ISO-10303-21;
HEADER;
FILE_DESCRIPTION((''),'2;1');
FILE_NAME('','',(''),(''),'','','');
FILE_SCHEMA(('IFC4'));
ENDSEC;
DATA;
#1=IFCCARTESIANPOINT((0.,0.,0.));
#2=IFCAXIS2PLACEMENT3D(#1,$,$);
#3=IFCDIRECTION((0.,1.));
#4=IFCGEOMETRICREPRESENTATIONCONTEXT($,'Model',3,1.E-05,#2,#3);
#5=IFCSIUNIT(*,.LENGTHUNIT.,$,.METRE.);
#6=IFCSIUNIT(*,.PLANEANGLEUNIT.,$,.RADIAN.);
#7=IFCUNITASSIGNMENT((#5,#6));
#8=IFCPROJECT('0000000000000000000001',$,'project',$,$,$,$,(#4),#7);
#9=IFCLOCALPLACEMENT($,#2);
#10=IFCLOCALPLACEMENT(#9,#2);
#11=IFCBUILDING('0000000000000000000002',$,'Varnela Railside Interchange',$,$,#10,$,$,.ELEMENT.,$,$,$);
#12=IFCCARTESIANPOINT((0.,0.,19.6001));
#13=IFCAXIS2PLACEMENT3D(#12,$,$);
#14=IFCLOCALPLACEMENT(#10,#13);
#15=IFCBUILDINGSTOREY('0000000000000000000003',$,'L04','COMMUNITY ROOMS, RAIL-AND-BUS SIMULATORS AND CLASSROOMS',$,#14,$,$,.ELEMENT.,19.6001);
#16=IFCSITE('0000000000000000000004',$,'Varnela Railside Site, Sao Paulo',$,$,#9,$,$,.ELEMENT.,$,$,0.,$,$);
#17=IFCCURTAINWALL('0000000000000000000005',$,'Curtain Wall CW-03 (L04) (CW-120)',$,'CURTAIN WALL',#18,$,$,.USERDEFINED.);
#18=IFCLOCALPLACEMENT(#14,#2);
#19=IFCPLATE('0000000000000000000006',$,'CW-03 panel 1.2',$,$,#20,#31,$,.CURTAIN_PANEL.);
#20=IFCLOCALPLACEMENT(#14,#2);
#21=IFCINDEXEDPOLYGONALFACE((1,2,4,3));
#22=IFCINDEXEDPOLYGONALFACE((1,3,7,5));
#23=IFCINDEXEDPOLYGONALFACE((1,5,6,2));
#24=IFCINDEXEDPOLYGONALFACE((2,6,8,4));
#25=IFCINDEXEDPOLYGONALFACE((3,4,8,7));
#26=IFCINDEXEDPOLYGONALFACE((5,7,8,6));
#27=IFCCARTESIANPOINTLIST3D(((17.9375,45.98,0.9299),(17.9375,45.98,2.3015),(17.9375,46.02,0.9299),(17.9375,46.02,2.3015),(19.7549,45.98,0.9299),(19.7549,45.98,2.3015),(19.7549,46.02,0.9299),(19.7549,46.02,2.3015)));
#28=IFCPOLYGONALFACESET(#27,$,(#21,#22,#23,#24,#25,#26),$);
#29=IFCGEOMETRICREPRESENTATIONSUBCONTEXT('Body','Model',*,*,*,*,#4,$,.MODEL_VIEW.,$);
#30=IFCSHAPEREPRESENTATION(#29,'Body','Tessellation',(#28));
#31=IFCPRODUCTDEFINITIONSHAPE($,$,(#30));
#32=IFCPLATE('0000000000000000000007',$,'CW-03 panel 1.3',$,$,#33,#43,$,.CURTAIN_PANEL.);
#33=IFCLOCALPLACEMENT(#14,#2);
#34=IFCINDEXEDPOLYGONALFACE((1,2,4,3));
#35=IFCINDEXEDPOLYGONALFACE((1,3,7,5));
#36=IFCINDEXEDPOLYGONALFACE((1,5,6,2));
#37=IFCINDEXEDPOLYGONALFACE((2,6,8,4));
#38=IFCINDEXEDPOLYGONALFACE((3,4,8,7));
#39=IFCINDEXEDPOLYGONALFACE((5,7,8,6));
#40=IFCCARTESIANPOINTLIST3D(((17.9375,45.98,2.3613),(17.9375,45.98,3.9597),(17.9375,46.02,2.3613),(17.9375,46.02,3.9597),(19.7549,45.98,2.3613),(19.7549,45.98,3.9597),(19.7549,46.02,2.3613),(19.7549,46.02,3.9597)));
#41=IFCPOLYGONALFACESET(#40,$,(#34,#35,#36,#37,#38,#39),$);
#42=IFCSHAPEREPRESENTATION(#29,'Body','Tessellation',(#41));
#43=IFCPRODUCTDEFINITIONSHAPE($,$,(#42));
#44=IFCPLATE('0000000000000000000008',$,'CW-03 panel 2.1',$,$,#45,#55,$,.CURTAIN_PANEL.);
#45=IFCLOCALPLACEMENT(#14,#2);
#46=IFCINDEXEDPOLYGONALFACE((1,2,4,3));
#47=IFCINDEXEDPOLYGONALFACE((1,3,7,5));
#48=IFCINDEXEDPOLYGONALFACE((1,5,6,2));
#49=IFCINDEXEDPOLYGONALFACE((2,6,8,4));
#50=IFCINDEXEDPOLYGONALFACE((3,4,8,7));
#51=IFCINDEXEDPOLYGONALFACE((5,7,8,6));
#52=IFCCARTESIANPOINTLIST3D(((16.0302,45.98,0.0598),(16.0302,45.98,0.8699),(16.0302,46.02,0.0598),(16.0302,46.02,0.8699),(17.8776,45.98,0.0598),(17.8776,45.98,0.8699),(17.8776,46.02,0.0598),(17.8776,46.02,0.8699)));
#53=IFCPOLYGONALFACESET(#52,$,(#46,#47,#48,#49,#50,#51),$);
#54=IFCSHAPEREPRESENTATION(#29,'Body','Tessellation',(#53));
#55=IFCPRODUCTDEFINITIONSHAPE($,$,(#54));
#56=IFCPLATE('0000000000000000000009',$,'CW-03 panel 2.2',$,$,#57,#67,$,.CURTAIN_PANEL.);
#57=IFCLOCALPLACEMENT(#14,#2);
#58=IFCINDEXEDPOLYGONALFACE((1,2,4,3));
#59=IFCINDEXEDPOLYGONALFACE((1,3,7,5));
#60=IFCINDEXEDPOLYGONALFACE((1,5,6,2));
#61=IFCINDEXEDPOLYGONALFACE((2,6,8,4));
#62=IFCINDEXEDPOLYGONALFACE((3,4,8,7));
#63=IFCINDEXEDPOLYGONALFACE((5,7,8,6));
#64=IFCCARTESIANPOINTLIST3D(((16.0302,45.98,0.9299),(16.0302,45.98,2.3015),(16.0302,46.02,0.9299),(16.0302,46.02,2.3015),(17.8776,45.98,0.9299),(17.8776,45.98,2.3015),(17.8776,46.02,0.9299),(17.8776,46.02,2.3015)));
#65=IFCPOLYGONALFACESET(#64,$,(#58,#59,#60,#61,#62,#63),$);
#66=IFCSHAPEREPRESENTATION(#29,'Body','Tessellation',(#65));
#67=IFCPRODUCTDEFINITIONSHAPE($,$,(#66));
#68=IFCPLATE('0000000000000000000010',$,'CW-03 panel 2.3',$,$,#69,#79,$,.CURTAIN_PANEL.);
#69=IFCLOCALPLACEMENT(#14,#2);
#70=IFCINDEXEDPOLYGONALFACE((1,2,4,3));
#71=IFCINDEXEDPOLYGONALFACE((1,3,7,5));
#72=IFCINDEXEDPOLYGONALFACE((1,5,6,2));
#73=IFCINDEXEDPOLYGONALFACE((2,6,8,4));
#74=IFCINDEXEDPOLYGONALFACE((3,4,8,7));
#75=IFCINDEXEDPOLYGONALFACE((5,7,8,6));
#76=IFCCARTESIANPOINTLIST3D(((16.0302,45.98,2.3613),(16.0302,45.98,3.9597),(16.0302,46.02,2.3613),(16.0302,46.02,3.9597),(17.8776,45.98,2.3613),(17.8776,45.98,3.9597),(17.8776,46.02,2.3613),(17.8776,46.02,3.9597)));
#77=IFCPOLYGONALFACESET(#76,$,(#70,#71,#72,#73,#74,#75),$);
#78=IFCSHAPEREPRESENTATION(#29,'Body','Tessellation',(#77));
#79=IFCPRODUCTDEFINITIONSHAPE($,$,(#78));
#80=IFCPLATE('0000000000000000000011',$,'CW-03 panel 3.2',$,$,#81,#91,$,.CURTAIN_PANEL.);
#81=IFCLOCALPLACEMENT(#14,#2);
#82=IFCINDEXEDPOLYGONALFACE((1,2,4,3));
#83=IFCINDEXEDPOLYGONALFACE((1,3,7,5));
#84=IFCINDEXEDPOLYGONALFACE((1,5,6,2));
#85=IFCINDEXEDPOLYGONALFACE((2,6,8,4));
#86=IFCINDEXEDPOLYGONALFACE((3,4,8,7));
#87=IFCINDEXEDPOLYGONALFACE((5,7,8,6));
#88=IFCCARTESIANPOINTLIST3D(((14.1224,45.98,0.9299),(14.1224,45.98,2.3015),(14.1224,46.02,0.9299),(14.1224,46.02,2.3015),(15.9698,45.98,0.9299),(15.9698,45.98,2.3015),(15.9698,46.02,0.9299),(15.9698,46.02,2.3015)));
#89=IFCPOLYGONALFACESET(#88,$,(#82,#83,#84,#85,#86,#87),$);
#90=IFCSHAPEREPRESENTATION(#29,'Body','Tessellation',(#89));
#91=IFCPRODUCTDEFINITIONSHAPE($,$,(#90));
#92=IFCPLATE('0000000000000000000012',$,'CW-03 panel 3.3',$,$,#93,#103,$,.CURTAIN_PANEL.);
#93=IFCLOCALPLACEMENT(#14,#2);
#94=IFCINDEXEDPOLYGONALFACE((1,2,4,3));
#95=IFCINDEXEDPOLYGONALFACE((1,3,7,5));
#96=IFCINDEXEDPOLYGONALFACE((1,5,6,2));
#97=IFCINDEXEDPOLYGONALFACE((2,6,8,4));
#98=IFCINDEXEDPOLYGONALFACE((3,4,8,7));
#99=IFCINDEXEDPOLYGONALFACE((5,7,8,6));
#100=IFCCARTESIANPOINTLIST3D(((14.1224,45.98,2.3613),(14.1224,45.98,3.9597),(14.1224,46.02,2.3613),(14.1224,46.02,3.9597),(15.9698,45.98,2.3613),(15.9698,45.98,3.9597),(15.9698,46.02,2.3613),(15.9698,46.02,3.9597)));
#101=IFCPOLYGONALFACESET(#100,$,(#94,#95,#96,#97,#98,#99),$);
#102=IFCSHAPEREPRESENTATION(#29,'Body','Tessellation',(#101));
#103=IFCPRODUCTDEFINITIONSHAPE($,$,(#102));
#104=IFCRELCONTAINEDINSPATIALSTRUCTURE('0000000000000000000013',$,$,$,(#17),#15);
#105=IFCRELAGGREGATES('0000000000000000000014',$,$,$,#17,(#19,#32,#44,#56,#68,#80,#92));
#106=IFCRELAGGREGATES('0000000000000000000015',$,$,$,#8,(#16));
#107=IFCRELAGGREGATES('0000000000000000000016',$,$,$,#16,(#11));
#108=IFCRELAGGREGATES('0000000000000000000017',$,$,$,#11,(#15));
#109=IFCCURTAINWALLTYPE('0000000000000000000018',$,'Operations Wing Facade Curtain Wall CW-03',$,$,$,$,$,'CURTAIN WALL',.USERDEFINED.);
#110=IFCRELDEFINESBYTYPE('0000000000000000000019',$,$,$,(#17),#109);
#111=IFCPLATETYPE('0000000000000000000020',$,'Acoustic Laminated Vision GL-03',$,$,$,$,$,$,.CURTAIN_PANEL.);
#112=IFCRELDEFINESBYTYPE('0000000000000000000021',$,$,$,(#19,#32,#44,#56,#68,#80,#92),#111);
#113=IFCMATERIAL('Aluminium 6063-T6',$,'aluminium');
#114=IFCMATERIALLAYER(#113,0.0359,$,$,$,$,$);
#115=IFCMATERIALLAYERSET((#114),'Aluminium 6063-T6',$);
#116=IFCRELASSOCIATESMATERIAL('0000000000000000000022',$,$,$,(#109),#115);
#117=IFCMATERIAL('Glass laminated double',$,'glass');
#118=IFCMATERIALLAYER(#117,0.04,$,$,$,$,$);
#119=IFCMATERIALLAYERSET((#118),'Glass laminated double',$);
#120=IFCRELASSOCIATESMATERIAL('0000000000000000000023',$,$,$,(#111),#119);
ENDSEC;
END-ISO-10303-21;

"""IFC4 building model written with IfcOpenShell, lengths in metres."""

from ifc_helpers import new_model, si_unit, direction, frame, origin, origin_2d, place, context, subcontext, project, spatial, rectangle, extrude, material, layer, layer_set, type_object, element, aggregate, save


model = new_model("IFC4")

# Units and contexts
model_context = context("Model", 3, precision=1e-05, world=origin(), true_north=direction((0.0, 1.0)))
body_context = subcontext(model_context, "Body", "Model", "MODEL_VIEW")
ifc_project = project(units=[si_unit("LENGTHUNIT", "METRE"), si_unit("PLANEANGLEUNIT", "RADIAN")], contexts=[model_context])

# Site, building, storey
site_placement = place(None, origin())
site = spatial("IfcSite", under=ifc_project, at=site_placement, Name="Varnela Railside Site, Sao Paulo", CompositionType="ELEMENT", RefElevation=0.0)
building_placement = place(site_placement, origin())
building = spatial("IfcBuilding", under=site, at=building_placement, Name="Varnela Railside Interchange", CompositionType="ELEMENT")
storey_placement = place(building_placement, frame((0.0, 0.0, 19.6001)))
storey = spatial("IfcBuildingStorey", under=building, at=storey_placement, Name="L04", Description="COMMUNITY ROOMS, RAIL-AND-BUS SIMULATORS AND CLASSROOMS", CompositionType="ELEMENT", Elevation=19.6001)

# Curtain wall
ifc_material_1 = material(Name="Aluminium 6063-T6", Category="aluminium")
ifc_layer_1 = layer(ifc_material_1, 0.0359)
ifc_layer_set_1 = layer_set([ifc_layer_1], Name="Aluminium 6063-T6")
curtain_wall_type = type_object("IfcCurtainWallType", Name="Operations Wing Facade Curtain Wall CW-03", ElementType="CURTAIN WALL", PredefinedType="USERDEFINED", material=ifc_layer_set_1)
curtain_wall_1_placement = place(storey_placement, origin())
curtain_wall_1 = element("IfcCurtainWall", 1, at=curtain_wall_1_placement, inside=storey, type_object=curtain_wall_type, Name="Curtain Wall CW-03 (L04) (CW-120)", ObjectType="CURTAIN WALL", PredefinedType="USERDEFINED")

# Plates
ifc_material_2 = material(Name="Glass laminated double", Category="glass")
ifc_layer_2 = layer(ifc_material_2, 0.04)
ifc_layer_set_2 = layer_set([ifc_layer_2], Name="Glass laminated double")
plate_type = type_object("IfcPlateType", Name="Acoustic Laminated Vision GL-03", PredefinedType="CURTAIN_PANEL", material=ifc_layer_set_2)
plate_1_placement = place(storey_placement, frame((18.8462, 46.0, 0.9299), z_axis=(0.0, 0.0, 1.0), x_axis=(-1.0, 0.0, 0.0)))
plate_1 = element("IfcPlate", 2, at=plate_1_placement, type_object=plate_type, Name="CW-03 panel 1.2", PredefinedType="CURTAIN_PANEL", context=body_context, shape_type="SweptSolid", body=[
    extrude(rectangle(XDim=1.8174, YDim=0.04, at=origin_2d()), origin(), (0.0, 0.0, 1.0), 1.3716),
])
plate_2_placement = place(storey_placement, frame((18.8462, 46.0, 2.3613), z_axis=(0.0, 0.0, 1.0), x_axis=(-1.0, 0.0, 0.0)))
plate_2 = element("IfcPlate", 3, at=plate_2_placement, type_object=plate_type, Name="CW-03 panel 1.3", PredefinedType="CURTAIN_PANEL", context=body_context, shape_type="SweptSolid", body=[
    extrude(rectangle(XDim=1.8174, YDim=0.04, at=origin_2d()), origin(), (0.0, 0.0, 1.0), 1.5984),
])
plate_3_placement = place(storey_placement, frame((16.9539, 46.0, 0.0598), z_axis=(0.0, 0.0, 1.0), x_axis=(-1.0, 0.0, 0.0)))
plate_3 = element("IfcPlate", 4, at=plate_3_placement, type_object=plate_type, Name="CW-03 panel 2.1", PredefinedType="CURTAIN_PANEL", context=body_context, shape_type="SweptSolid", body=[
    extrude(rectangle(XDim=1.8474, YDim=0.04, at=origin_2d()), origin(), (0.0, 0.0, 1.0), 0.8101),
])
plate_4_placement = place(storey_placement, frame((16.9539, 46.0, 0.9299), z_axis=(0.0, 0.0, 1.0), x_axis=(-1.0, 0.0, 0.0)))
plate_4 = element("IfcPlate", 5, at=plate_4_placement, type_object=plate_type, Name="CW-03 panel 2.2", PredefinedType="CURTAIN_PANEL", context=body_context, shape_type="SweptSolid", body=[
    extrude(rectangle(XDim=1.8474, YDim=0.04, at=origin_2d()), origin(), (0.0, 0.0, 1.0), 1.3716),
])
plate_5_placement = place(storey_placement, frame((16.9539, 46.0, 2.3613), z_axis=(0.0, 0.0, 1.0), x_axis=(-1.0, 0.0, 0.0)))
plate_5 = element("IfcPlate", 6, at=plate_5_placement, type_object=plate_type, Name="CW-03 panel 2.3", PredefinedType="CURTAIN_PANEL", context=body_context, shape_type="SweptSolid", body=[
    extrude(rectangle(XDim=1.8474, YDim=0.04, at=origin_2d()), origin(), (0.0, 0.0, 1.0), 1.5984),
])
plate_6_placement = place(storey_placement, frame((15.0461, 46.0, 0.9299), z_axis=(0.0, 0.0, 1.0), x_axis=(-1.0, 0.0, 0.0)))
plate_6 = element("IfcPlate", 7, at=plate_6_placement, type_object=plate_type, Name="CW-03 panel 3.2", PredefinedType="CURTAIN_PANEL", context=body_context, shape_type="SweptSolid", body=[
    extrude(rectangle(XDim=1.8474, YDim=0.04, at=origin_2d()), origin(), (0.0, 0.0, 1.0), 1.3716),
])
plate_7_placement = place(storey_placement, frame((15.0461, 46.0, 2.3613), z_axis=(0.0, 0.0, 1.0), x_axis=(-1.0, 0.0, 0.0)))
plate_7 = element("IfcPlate", 8, at=plate_7_placement, type_object=plate_type, Name="CW-03 panel 3.3", PredefinedType="CURTAIN_PANEL", context=body_context, shape_type="SweptSolid", body=[
    extrude(rectangle(XDim=1.8474, YDim=0.04, at=origin_2d()), origin(), (0.0, 0.0, 1.0), 1.5984),
])
aggregate(curtain_wall_1, [plate_1, plate_2, plate_3, plate_4, plate_5, plate_6, plate_7])

save(model, "model.ifc")
